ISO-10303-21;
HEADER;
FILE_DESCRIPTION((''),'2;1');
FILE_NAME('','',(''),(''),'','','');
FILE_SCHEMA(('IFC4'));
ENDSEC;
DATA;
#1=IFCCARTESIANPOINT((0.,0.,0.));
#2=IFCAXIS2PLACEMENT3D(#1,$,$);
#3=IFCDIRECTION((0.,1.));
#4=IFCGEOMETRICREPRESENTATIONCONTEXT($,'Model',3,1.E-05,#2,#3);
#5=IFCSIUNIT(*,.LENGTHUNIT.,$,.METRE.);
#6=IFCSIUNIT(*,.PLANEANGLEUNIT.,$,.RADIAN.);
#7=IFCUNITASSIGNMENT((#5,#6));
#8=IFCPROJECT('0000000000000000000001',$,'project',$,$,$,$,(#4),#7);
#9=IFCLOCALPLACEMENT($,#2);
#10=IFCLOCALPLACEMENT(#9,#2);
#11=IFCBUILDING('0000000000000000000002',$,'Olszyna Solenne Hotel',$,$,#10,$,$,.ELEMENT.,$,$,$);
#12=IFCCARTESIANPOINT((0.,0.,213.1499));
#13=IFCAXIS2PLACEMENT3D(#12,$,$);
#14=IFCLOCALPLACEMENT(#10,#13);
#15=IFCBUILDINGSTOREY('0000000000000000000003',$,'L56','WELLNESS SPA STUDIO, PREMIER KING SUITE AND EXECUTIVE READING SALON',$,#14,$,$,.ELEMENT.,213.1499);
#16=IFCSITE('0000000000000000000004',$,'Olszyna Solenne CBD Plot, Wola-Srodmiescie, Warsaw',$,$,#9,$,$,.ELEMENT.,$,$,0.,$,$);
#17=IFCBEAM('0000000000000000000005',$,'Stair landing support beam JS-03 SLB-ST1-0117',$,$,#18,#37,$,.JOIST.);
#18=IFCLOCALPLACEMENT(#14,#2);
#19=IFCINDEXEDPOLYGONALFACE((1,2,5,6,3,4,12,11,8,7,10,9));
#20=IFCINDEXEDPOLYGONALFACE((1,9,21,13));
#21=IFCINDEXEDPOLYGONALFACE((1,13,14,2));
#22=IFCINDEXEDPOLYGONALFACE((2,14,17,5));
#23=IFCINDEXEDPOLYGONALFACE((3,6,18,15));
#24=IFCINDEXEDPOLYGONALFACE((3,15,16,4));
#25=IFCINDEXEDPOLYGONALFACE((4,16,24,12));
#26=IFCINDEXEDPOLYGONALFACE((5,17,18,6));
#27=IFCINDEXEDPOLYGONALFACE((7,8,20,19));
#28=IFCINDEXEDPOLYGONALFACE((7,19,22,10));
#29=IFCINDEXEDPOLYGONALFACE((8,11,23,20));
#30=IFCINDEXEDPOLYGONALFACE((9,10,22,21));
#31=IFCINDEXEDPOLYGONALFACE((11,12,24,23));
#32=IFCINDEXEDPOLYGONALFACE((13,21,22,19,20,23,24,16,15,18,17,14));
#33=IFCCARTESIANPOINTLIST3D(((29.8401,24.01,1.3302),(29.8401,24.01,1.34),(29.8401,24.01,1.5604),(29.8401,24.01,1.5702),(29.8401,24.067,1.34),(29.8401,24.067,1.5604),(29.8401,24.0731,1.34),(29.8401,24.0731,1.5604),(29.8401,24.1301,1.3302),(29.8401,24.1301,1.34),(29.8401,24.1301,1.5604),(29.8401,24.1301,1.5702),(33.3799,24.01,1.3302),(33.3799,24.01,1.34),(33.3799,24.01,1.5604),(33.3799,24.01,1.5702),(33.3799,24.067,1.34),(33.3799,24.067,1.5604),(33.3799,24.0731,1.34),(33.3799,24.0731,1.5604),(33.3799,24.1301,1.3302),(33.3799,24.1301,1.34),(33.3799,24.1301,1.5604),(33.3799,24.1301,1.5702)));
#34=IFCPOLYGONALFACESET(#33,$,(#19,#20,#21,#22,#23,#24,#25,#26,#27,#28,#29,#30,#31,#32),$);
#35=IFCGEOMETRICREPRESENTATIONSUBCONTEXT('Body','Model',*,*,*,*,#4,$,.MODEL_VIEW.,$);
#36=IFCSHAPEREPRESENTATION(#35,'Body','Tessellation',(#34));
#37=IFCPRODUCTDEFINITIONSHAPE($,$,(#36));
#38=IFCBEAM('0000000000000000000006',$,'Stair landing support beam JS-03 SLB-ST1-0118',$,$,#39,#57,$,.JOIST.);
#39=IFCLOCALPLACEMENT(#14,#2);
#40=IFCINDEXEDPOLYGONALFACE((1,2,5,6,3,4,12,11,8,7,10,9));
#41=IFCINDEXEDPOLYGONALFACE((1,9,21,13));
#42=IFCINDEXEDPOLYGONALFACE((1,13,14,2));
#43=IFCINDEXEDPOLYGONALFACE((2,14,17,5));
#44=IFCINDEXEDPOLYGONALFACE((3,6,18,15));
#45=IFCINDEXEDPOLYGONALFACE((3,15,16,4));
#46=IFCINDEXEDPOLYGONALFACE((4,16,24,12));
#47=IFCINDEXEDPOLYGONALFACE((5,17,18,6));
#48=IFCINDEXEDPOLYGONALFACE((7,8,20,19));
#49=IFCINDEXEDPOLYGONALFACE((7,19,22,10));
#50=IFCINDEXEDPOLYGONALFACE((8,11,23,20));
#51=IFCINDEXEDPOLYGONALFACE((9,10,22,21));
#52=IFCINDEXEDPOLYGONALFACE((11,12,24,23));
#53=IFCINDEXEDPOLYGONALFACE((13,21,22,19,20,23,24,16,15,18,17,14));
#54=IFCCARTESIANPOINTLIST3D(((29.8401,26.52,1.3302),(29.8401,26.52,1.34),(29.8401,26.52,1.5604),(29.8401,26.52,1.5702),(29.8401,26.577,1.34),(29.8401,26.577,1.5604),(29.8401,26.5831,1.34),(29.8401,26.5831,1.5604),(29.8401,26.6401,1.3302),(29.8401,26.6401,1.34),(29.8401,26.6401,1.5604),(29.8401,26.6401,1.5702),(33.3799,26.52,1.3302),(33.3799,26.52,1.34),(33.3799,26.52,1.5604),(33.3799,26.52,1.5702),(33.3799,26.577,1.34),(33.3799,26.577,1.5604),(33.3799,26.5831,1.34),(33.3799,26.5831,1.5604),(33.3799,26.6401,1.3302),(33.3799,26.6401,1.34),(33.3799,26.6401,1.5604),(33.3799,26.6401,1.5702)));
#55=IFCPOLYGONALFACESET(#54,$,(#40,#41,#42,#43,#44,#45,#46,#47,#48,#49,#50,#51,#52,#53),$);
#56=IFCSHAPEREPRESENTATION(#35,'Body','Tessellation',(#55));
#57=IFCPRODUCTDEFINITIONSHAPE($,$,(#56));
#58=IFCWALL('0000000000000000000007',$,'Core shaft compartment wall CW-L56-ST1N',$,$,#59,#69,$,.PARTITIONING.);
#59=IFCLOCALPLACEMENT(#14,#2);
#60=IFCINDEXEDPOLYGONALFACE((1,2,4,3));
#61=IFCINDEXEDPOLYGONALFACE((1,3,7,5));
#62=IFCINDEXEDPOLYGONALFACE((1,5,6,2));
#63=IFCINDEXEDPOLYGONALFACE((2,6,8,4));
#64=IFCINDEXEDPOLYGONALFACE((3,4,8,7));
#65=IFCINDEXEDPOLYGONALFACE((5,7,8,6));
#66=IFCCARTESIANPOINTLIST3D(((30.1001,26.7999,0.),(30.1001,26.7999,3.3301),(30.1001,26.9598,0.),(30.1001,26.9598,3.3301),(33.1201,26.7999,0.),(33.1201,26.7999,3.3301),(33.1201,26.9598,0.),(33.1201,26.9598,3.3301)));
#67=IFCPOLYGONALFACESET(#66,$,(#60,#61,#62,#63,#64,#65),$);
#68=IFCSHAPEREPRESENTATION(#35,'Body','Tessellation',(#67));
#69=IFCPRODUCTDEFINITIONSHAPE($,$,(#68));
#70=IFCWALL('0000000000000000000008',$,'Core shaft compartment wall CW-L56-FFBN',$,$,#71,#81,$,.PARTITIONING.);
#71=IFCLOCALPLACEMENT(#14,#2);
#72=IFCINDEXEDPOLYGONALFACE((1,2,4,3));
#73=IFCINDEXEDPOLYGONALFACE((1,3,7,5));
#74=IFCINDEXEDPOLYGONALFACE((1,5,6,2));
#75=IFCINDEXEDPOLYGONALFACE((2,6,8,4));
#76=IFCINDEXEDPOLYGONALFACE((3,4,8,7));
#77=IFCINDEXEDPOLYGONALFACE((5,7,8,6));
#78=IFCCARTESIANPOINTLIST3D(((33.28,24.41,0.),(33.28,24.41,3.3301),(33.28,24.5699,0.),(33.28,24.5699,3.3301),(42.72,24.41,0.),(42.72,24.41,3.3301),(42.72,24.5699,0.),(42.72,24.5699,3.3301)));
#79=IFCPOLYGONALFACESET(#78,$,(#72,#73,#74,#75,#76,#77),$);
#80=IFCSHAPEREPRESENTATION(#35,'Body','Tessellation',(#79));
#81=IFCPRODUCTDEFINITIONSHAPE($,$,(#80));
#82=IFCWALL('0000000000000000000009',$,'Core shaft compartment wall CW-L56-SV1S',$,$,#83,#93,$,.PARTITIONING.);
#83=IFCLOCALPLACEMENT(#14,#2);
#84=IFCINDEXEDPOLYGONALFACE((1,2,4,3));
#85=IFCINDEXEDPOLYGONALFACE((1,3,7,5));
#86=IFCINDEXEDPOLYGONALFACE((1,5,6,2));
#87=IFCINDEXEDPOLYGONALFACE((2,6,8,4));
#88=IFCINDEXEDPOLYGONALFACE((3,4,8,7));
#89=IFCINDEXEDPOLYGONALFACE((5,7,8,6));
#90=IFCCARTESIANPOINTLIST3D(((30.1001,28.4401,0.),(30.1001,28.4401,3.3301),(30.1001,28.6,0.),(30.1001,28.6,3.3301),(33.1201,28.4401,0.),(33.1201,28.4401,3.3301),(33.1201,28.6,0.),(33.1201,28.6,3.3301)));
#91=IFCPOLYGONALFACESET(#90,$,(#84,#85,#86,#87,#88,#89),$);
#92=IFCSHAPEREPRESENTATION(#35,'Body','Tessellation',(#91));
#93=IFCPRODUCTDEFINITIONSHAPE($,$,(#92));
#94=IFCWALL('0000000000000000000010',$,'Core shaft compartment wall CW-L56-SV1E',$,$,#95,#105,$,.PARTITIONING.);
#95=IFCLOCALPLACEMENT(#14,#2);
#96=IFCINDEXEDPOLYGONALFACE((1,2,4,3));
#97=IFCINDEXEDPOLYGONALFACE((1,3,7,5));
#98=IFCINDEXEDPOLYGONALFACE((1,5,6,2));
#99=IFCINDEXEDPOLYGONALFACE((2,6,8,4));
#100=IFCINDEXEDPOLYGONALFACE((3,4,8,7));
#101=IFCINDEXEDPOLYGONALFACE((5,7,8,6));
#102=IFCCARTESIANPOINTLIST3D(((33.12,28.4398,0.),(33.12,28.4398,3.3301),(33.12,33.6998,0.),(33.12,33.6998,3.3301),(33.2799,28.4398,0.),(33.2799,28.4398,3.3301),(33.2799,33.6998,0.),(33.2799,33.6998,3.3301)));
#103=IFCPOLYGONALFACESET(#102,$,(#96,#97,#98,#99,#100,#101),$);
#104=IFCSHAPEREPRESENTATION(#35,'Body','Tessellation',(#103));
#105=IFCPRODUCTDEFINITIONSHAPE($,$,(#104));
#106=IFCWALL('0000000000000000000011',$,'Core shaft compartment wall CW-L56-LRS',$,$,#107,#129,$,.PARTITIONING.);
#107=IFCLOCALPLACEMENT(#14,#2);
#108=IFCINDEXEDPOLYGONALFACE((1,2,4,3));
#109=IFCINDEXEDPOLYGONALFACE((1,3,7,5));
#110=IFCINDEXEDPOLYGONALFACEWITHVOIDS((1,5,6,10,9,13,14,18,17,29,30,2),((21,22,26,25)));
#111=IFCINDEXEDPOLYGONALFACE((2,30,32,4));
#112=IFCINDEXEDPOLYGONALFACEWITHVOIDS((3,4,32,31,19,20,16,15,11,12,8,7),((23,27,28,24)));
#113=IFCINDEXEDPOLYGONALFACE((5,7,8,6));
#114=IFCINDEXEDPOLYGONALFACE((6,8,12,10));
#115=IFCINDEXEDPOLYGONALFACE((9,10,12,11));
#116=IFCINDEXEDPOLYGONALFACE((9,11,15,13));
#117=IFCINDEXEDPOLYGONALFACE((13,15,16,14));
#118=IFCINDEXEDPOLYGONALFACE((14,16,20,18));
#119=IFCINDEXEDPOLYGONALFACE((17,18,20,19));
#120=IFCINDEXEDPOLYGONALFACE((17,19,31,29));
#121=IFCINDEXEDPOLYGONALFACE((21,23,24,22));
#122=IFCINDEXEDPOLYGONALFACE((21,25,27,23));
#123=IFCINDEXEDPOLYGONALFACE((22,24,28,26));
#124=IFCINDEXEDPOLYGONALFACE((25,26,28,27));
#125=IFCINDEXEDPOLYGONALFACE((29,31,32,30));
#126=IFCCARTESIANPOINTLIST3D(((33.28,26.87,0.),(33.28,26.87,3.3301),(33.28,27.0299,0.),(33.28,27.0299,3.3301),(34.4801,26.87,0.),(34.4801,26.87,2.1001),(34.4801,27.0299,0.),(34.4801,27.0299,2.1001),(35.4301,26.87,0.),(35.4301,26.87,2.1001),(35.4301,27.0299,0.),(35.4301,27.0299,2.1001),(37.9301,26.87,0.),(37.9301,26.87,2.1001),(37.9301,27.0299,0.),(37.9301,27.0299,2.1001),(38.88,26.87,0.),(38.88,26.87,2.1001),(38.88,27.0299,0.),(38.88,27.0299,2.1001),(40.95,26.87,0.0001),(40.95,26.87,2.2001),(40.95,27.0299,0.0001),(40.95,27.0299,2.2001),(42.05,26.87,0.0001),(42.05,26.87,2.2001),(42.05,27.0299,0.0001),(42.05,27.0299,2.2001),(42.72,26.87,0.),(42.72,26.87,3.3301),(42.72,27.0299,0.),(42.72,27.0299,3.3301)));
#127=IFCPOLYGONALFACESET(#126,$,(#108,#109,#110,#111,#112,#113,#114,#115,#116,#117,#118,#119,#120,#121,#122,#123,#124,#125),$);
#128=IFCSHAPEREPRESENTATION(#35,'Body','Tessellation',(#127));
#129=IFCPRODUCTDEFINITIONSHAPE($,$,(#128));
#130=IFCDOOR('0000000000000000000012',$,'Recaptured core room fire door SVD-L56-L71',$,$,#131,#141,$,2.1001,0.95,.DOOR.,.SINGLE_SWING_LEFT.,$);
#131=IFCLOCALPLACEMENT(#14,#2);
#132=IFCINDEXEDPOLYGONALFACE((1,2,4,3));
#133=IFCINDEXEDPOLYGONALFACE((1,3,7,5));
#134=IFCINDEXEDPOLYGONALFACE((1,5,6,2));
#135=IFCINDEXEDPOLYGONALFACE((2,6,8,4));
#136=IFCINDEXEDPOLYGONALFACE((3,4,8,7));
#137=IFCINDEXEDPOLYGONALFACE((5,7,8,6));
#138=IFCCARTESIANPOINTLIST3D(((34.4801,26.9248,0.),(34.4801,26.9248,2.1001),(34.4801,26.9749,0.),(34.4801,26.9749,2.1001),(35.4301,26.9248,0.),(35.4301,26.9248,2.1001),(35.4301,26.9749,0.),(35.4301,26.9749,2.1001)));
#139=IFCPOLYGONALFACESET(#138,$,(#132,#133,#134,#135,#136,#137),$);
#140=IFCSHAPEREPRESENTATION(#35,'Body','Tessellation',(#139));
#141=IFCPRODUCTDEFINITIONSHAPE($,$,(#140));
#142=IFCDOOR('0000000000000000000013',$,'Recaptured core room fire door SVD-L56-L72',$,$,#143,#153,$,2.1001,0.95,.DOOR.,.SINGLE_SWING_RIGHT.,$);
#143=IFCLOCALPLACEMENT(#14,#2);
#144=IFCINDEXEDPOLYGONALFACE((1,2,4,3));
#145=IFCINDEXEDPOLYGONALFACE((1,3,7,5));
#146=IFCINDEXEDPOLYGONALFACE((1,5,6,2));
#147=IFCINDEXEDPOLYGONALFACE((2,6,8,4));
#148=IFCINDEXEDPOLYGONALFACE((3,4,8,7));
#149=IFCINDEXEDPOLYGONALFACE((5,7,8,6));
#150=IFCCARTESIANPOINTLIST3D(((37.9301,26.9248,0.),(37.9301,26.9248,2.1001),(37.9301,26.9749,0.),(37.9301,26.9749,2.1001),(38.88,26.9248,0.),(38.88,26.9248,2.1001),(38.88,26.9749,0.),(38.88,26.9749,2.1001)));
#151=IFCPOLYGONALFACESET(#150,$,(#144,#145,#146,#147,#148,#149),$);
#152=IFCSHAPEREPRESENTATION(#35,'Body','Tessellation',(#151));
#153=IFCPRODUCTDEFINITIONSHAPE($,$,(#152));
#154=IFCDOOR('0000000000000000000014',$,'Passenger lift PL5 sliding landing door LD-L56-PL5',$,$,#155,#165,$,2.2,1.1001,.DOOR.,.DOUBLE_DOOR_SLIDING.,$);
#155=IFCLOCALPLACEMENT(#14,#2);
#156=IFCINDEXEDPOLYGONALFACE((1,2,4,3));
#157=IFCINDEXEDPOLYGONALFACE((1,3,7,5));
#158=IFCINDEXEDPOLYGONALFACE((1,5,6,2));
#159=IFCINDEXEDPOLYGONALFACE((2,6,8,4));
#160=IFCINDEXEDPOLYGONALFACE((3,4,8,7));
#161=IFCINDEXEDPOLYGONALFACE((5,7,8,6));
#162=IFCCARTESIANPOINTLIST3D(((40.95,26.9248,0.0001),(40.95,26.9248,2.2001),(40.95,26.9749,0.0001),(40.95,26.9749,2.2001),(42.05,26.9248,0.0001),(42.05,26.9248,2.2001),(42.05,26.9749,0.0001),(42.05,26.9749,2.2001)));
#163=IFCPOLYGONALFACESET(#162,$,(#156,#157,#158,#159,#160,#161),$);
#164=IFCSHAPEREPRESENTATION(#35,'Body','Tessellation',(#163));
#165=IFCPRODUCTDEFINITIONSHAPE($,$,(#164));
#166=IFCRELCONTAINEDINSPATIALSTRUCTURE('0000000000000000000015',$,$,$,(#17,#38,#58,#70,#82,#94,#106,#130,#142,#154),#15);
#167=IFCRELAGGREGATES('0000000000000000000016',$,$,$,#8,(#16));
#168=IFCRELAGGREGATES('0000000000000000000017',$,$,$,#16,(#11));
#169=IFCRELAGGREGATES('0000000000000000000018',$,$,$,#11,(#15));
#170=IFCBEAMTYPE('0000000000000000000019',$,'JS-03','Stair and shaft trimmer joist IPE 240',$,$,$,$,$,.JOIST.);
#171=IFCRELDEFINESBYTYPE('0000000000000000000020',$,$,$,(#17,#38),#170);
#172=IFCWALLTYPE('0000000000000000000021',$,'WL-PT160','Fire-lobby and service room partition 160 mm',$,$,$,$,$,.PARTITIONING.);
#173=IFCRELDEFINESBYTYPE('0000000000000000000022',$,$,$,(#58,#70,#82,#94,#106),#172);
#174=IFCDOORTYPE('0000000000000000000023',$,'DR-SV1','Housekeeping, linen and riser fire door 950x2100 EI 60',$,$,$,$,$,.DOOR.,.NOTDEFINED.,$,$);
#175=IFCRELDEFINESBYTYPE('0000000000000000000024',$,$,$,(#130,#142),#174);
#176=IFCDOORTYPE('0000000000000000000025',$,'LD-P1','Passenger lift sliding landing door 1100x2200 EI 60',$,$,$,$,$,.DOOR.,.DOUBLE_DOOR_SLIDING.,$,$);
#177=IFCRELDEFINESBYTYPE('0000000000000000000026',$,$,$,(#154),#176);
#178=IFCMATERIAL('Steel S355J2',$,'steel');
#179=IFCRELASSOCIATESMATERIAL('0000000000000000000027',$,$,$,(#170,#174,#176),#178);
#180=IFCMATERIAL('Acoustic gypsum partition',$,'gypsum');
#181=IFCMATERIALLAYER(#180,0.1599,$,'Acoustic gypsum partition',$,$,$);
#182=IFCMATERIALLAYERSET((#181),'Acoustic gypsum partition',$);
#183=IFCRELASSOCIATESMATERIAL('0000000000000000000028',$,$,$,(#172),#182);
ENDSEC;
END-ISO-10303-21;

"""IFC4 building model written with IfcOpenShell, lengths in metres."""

from ifc_helpers import new_model, si_unit, direction, frame, frame_2d, origin, origin_2d, place, context, subcontext, project, spatial, rectangle, i_section, extrude, source, transform, mapped, material, layer, layer_set, material_profile, profile_set, type_object, type_shapes, element, fill, save


model = new_model("IFC4")

# Units and contexts
model_context = context("Model", 3, precision=1e-05, world=origin(), true_north=direction((0.0, 1.0)))
body_context = subcontext(model_context, "Body", "Model", "MODEL_VIEW")
ifc_project = project(units=[si_unit("LENGTHUNIT", "METRE"), si_unit("PLANEANGLEUNIT", "RADIAN")], contexts=[model_context])

# Site, building, storey
site_placement = place(None, origin())
site = spatial("IfcSite", under=ifc_project, at=site_placement, Name="Olszyna Solenne CBD Plot, Wola-Srodmiescie, Warsaw", CompositionType="ELEMENT", RefElevation=0.0)
building_placement = place(site_placement, origin())
building = spatial("IfcBuilding", under=site, at=building_placement, Name="Olszyna Solenne Hotel", CompositionType="ELEMENT")
storey_placement = place(building_placement, frame((0.0, 0.0, 213.1499)))
storey = spatial("IfcBuildingStorey", under=building, at=storey_placement, Name="L56", Description="WELLNESS SPA STUDIO, PREMIER KING SUITE AND EXECUTIVE READING SALON", CompositionType="ELEMENT", Elevation=213.1499)

# Beams
ifc_material_1 = material(Name="Steel S355J2", Category="steel")
ifc_material_profile = material_profile(ifc_material_1, i_section(OverallWidth=0.1201, OverallDepth=0.24, WebThickness=0.0061, FlangeThickness=0.0098, at=origin_2d()), Name="IPE 240", Category="load-bearing")
ifc_profile_set = profile_set([ifc_material_profile], Name="Steel S355J2")
beam_type = type_object("IfcBeamType", Name="JS-03", Description="Stair and shaft trimmer joist IPE 240", PredefinedType="JOIST", material=ifc_profile_set)
shared_shape_1 = source(origin(), body_context, "Body", "SweptSolid", [
    extrude(i_section(OverallWidth=0.1201, OverallDepth=0.24, WebThickness=0.0061, FlangeThickness=0.0098, at=origin_2d()), origin(), (0.0, 0.0, 1.0), 3.5398),
])
for number, where, z_axis, x_axis, name in (
    (1, (33.3799, 24.0701, 1.4502), (-1.0, 0.0, 0.0), (0.0, -1.0, 0.0), "Stair landing support beam JS-03 SLB-ST1-0117"),
    (2, (33.3799, 26.5801, 1.4502), (-1.0, 0.0, 0.0), (0.0, -1.0, 0.0), "Stair landing support beam JS-03 SLB-ST1-0118"),
):
    element("IfcBeam", number, at=place(storey_placement, frame(where, z_axis=z_axis, x_axis=x_axis)), inside=storey, type_object=beam_type, Name=name, PredefinedType="JOIST", context=body_context, shape_type="MappedRepresentation", body=[
        mapped(shared_shape_1, transform((0.0, 0.0, 0.0), x_axis=(1.0, 0.0, 0.0), y_axis=(0.0, 1.0, 0.0), z_axis=(0.0, 0.0, 1.0), scale=1.0)),
    ])

# Walls
ifc_material_2 = material(Name="Acoustic gypsum partition", Category="gypsum")
ifc_layer = layer(ifc_material_2, 0.1599, Name="Acoustic gypsum partition")
ifc_layer_set = layer_set([ifc_layer], Name="Acoustic gypsum partition")
wall_type = type_object("IfcWallType", Name="WL-PT160", Description="Fire-lobby and service room partition 160 mm", PredefinedType="PARTITIONING", material=ifc_layer_set)
wall_1_placement = place(storey_placement, frame((30.1001, 26.8799, 0.0), z_axis=(0.0, 0.0, 1.0), x_axis=(1.0, 0.0, 0.0)))
element("IfcWall", 3, at=wall_1_placement, inside=storey, type_object=wall_type, Name="Core shaft compartment wall CW-L56-ST1N", PredefinedType="PARTITIONING", context=body_context, shape_type="SweptSolid", body=[
    extrude(rectangle(XDim=3.02, YDim=0.1599, at=frame_2d((1.51, 0.0))), origin(), (0.0, 0.0, 1.0), 3.3301),
])
wall_2_placement = place(storey_placement, frame((33.28, 24.49, 0.0), z_axis=(0.0, 0.0, 1.0), x_axis=(1.0, 0.0, 0.0)))
element("IfcWall", 4, at=wall_2_placement, inside=storey, type_object=wall_type, Name="Core shaft compartment wall CW-L56-FFBN", PredefinedType="PARTITIONING", context=body_context, shape_type="SweptSolid", body=[
    extrude(rectangle(XDim=9.4399, YDim=0.1599, at=frame_2d((4.72, 0.0))), origin(), (0.0, 0.0, 1.0), 3.3301),
])
wall_3_placement = place(storey_placement, frame((30.1001, 28.52, 0.0), z_axis=(0.0, 0.0, 1.0), x_axis=(1.0, 0.0, 0.0)))
element("IfcWall", 5, at=wall_3_placement, inside=storey, type_object=wall_type, Name="Core shaft compartment wall CW-L56-SV1S", PredefinedType="PARTITIONING", context=body_context, shape_type="SweptSolid", body=[
    extrude(rectangle(XDim=3.02, YDim=0.1599, at=frame_2d((1.51, 0.0))), origin(), (0.0, 0.0, 1.0), 3.3301),
])
wall_4_placement = place(storey_placement, frame((33.2, 28.4399, 0.0), z_axis=(0.0, 0.0, 1.0), x_axis=(0.0, 1.0, 0.0)))
element("IfcWall", 6, at=wall_4_placement, inside=storey, type_object=wall_type, Name="Core shaft compartment wall CW-L56-SV1E", PredefinedType="PARTITIONING", context=body_context, shape_type="SweptSolid", body=[
    extrude(rectangle(XDim=5.26, YDim=0.1599, at=frame_2d((2.6299, 0.0))), origin(), (0.0, 0.0, 1.0), 3.3301),
])

# Wall, openings, doors
wall_5_placement = place(storey_placement, frame((33.28, 26.95, 0.0), z_axis=(0.0, 0.0, 1.0), x_axis=(1.0, 0.0, 0.0)))
wall_5 = element("IfcWall", 7, at=wall_5_placement, inside=storey, type_object=wall_type, Name="Core shaft compartment wall CW-L56-LRS", PredefinedType="PARTITIONING", context=body_context, shape_type="SweptSolid", body=[
    extrude(rectangle(XDim=9.4399, YDim=0.1599, at=frame_2d((4.72, 0.0))), origin(), (0.0, 0.0, 1.0), 3.3301),
])
opening_1_placement = place(wall_5_placement, frame((1.2, 0.0, 0.0)))
opening_1 = element("IfcOpeningElement", 8, at=opening_1_placement, cuts=wall_5, PredefinedType="OPENING", context=body_context, shape_type="SweptSolid", body=[
    extrude(rectangle(XDim=0.95, YDim=2.1001, at=frame_2d((0.4751, 1.05))), frame((0.0, 0.0898, 0.0), z_axis=(0.0, -1.0, 0.0), x_axis=(1.0, 0.0, 0.0)), (0.0, 0.0, 1.0), 0.1799),
])
opening_2_placement = place(wall_5_placement, frame((4.6499, 0.0, 0.0)))
opening_2 = element("IfcOpeningElement", 9, at=opening_2_placement, cuts=wall_5, PredefinedType="OPENING", context=body_context, shape_type="SweptSolid", body=[
    extrude(rectangle(XDim=0.95, YDim=2.1001, at=frame_2d((0.4751, 1.05))), frame((0.0, 0.0898, 0.0), z_axis=(0.0, -1.0, 0.0), x_axis=(1.0, 0.0, 0.0)), (0.0, 0.0, 1.0), 0.1799),
])
opening_3_placement = place(wall_5_placement, frame((7.6699, 0.0, 0.0)))
opening_3 = element("IfcOpeningElement", 10, at=opening_3_placement, cuts=wall_5, PredefinedType="OPENING", context=body_context, shape_type="SweptSolid", body=[
    extrude(rectangle(XDim=1.1001, YDim=2.2, at=frame_2d((0.55, 1.1001))), frame((0.0, 0.0898, 0.0), z_axis=(0.0, -1.0, 0.0), x_axis=(1.0, 0.0, 0.0)), (0.0, 0.0, 1.0), 0.1799),
])
door_type_1 = type_object("IfcDoorType", Name="DR-SV1", Description="Housekeeping, linen and riser fire door 950x2100 EI 60", OperationType="NOTDEFINED", PredefinedType="DOOR", material=ifc_material_1)
shared_shape_2 = source(origin(), body_context, "Body", "SweptSolid", [
    extrude(rectangle(XDim=0.95, YDim=2.1001, at=frame_2d((0.4751, 1.05))), frame((0.0, 0.0249, 0.0), z_axis=(0.0, -1.0, 0.0), x_axis=(1.0, 0.0, 0.0)), (0.0, 0.0, 1.0), 0.05),
])
type_shapes(door_type_1, [shared_shape_2])
door_1_placement = place(opening_1_placement, origin())
door_1 = element("IfcDoor", 11, at=door_1_placement, inside=storey, type_object=door_type_1, Name="Recaptured core room fire door SVD-L56-L71", OperationType="SINGLE_SWING_LEFT", OverallHeight=2.1001, OverallWidth=0.95, PredefinedType="DOOR", context=body_context, shape_type="MappedRepresentation", body=[
    mapped(shared_shape_2, transform((0.0, 0.0, 0.0), x_axis=(1.0, 0.0, 0.0), y_axis=(0.0, 1.0, 0.0), z_axis=(0.0, 0.0, 1.0), scale=1.0)),
])
fill(opening_1, door_1)
door_2_placement = place(opening_2_placement, origin())
door_2 = element("IfcDoor", 12, at=door_2_placement, inside=storey, type_object=door_type_1, Name="Recaptured core room fire door SVD-L56-L72", OperationType="SINGLE_SWING_RIGHT", OverallHeight=2.1001, OverallWidth=0.95, PredefinedType="DOOR", context=body_context, shape_type="MappedRepresentation", body=[
    mapped(shared_shape_2, transform((0.0, 0.0, 0.0), x_axis=(1.0, 0.0, 0.0), y_axis=(0.0, 1.0, 0.0), z_axis=(0.0, 0.0, 1.0), scale=1.0)),
])
fill(opening_2, door_2)
door_type_2 = type_object("IfcDoorType", Name="LD-P1", Description="Passenger lift sliding landing door 1100x2200 EI 60", OperationType="DOUBLE_DOOR_SLIDING", PredefinedType="DOOR", material=ifc_material_1)
shared_shape_3 = source(origin(), body_context, "Body", "SweptSolid", [
    extrude(rectangle(XDim=1.1001, YDim=2.2, at=frame_2d((0.55, 1.1001))), frame((0.0, 0.0249, 0.0), z_axis=(0.0, -1.0, 0.0), x_axis=(1.0, 0.0, 0.0)), (0.0, 0.0, 1.0), 0.05),
])
type_shapes(door_type_2, [shared_shape_3])
door_3_placement = place(opening_3_placement, origin())
door_3 = element("IfcDoor", 13, at=door_3_placement, inside=storey, type_object=door_type_2, Name="Passenger lift PL5 sliding landing door LD-L56-PL5", OperationType="DOUBLE_DOOR_SLIDING", OverallHeight=2.2, OverallWidth=1.1001, PredefinedType="DOOR", context=body_context, shape_type="MappedRepresentation", body=[
    mapped(shared_shape_3, transform((0.0, 0.0, 0.0), x_axis=(1.0, 0.0, 0.0), y_axis=(0.0, 1.0, 0.0), z_axis=(0.0, 0.0, 1.0), scale=1.0)),
])
fill(opening_3, door_3)

save(model, "model.ifc")
